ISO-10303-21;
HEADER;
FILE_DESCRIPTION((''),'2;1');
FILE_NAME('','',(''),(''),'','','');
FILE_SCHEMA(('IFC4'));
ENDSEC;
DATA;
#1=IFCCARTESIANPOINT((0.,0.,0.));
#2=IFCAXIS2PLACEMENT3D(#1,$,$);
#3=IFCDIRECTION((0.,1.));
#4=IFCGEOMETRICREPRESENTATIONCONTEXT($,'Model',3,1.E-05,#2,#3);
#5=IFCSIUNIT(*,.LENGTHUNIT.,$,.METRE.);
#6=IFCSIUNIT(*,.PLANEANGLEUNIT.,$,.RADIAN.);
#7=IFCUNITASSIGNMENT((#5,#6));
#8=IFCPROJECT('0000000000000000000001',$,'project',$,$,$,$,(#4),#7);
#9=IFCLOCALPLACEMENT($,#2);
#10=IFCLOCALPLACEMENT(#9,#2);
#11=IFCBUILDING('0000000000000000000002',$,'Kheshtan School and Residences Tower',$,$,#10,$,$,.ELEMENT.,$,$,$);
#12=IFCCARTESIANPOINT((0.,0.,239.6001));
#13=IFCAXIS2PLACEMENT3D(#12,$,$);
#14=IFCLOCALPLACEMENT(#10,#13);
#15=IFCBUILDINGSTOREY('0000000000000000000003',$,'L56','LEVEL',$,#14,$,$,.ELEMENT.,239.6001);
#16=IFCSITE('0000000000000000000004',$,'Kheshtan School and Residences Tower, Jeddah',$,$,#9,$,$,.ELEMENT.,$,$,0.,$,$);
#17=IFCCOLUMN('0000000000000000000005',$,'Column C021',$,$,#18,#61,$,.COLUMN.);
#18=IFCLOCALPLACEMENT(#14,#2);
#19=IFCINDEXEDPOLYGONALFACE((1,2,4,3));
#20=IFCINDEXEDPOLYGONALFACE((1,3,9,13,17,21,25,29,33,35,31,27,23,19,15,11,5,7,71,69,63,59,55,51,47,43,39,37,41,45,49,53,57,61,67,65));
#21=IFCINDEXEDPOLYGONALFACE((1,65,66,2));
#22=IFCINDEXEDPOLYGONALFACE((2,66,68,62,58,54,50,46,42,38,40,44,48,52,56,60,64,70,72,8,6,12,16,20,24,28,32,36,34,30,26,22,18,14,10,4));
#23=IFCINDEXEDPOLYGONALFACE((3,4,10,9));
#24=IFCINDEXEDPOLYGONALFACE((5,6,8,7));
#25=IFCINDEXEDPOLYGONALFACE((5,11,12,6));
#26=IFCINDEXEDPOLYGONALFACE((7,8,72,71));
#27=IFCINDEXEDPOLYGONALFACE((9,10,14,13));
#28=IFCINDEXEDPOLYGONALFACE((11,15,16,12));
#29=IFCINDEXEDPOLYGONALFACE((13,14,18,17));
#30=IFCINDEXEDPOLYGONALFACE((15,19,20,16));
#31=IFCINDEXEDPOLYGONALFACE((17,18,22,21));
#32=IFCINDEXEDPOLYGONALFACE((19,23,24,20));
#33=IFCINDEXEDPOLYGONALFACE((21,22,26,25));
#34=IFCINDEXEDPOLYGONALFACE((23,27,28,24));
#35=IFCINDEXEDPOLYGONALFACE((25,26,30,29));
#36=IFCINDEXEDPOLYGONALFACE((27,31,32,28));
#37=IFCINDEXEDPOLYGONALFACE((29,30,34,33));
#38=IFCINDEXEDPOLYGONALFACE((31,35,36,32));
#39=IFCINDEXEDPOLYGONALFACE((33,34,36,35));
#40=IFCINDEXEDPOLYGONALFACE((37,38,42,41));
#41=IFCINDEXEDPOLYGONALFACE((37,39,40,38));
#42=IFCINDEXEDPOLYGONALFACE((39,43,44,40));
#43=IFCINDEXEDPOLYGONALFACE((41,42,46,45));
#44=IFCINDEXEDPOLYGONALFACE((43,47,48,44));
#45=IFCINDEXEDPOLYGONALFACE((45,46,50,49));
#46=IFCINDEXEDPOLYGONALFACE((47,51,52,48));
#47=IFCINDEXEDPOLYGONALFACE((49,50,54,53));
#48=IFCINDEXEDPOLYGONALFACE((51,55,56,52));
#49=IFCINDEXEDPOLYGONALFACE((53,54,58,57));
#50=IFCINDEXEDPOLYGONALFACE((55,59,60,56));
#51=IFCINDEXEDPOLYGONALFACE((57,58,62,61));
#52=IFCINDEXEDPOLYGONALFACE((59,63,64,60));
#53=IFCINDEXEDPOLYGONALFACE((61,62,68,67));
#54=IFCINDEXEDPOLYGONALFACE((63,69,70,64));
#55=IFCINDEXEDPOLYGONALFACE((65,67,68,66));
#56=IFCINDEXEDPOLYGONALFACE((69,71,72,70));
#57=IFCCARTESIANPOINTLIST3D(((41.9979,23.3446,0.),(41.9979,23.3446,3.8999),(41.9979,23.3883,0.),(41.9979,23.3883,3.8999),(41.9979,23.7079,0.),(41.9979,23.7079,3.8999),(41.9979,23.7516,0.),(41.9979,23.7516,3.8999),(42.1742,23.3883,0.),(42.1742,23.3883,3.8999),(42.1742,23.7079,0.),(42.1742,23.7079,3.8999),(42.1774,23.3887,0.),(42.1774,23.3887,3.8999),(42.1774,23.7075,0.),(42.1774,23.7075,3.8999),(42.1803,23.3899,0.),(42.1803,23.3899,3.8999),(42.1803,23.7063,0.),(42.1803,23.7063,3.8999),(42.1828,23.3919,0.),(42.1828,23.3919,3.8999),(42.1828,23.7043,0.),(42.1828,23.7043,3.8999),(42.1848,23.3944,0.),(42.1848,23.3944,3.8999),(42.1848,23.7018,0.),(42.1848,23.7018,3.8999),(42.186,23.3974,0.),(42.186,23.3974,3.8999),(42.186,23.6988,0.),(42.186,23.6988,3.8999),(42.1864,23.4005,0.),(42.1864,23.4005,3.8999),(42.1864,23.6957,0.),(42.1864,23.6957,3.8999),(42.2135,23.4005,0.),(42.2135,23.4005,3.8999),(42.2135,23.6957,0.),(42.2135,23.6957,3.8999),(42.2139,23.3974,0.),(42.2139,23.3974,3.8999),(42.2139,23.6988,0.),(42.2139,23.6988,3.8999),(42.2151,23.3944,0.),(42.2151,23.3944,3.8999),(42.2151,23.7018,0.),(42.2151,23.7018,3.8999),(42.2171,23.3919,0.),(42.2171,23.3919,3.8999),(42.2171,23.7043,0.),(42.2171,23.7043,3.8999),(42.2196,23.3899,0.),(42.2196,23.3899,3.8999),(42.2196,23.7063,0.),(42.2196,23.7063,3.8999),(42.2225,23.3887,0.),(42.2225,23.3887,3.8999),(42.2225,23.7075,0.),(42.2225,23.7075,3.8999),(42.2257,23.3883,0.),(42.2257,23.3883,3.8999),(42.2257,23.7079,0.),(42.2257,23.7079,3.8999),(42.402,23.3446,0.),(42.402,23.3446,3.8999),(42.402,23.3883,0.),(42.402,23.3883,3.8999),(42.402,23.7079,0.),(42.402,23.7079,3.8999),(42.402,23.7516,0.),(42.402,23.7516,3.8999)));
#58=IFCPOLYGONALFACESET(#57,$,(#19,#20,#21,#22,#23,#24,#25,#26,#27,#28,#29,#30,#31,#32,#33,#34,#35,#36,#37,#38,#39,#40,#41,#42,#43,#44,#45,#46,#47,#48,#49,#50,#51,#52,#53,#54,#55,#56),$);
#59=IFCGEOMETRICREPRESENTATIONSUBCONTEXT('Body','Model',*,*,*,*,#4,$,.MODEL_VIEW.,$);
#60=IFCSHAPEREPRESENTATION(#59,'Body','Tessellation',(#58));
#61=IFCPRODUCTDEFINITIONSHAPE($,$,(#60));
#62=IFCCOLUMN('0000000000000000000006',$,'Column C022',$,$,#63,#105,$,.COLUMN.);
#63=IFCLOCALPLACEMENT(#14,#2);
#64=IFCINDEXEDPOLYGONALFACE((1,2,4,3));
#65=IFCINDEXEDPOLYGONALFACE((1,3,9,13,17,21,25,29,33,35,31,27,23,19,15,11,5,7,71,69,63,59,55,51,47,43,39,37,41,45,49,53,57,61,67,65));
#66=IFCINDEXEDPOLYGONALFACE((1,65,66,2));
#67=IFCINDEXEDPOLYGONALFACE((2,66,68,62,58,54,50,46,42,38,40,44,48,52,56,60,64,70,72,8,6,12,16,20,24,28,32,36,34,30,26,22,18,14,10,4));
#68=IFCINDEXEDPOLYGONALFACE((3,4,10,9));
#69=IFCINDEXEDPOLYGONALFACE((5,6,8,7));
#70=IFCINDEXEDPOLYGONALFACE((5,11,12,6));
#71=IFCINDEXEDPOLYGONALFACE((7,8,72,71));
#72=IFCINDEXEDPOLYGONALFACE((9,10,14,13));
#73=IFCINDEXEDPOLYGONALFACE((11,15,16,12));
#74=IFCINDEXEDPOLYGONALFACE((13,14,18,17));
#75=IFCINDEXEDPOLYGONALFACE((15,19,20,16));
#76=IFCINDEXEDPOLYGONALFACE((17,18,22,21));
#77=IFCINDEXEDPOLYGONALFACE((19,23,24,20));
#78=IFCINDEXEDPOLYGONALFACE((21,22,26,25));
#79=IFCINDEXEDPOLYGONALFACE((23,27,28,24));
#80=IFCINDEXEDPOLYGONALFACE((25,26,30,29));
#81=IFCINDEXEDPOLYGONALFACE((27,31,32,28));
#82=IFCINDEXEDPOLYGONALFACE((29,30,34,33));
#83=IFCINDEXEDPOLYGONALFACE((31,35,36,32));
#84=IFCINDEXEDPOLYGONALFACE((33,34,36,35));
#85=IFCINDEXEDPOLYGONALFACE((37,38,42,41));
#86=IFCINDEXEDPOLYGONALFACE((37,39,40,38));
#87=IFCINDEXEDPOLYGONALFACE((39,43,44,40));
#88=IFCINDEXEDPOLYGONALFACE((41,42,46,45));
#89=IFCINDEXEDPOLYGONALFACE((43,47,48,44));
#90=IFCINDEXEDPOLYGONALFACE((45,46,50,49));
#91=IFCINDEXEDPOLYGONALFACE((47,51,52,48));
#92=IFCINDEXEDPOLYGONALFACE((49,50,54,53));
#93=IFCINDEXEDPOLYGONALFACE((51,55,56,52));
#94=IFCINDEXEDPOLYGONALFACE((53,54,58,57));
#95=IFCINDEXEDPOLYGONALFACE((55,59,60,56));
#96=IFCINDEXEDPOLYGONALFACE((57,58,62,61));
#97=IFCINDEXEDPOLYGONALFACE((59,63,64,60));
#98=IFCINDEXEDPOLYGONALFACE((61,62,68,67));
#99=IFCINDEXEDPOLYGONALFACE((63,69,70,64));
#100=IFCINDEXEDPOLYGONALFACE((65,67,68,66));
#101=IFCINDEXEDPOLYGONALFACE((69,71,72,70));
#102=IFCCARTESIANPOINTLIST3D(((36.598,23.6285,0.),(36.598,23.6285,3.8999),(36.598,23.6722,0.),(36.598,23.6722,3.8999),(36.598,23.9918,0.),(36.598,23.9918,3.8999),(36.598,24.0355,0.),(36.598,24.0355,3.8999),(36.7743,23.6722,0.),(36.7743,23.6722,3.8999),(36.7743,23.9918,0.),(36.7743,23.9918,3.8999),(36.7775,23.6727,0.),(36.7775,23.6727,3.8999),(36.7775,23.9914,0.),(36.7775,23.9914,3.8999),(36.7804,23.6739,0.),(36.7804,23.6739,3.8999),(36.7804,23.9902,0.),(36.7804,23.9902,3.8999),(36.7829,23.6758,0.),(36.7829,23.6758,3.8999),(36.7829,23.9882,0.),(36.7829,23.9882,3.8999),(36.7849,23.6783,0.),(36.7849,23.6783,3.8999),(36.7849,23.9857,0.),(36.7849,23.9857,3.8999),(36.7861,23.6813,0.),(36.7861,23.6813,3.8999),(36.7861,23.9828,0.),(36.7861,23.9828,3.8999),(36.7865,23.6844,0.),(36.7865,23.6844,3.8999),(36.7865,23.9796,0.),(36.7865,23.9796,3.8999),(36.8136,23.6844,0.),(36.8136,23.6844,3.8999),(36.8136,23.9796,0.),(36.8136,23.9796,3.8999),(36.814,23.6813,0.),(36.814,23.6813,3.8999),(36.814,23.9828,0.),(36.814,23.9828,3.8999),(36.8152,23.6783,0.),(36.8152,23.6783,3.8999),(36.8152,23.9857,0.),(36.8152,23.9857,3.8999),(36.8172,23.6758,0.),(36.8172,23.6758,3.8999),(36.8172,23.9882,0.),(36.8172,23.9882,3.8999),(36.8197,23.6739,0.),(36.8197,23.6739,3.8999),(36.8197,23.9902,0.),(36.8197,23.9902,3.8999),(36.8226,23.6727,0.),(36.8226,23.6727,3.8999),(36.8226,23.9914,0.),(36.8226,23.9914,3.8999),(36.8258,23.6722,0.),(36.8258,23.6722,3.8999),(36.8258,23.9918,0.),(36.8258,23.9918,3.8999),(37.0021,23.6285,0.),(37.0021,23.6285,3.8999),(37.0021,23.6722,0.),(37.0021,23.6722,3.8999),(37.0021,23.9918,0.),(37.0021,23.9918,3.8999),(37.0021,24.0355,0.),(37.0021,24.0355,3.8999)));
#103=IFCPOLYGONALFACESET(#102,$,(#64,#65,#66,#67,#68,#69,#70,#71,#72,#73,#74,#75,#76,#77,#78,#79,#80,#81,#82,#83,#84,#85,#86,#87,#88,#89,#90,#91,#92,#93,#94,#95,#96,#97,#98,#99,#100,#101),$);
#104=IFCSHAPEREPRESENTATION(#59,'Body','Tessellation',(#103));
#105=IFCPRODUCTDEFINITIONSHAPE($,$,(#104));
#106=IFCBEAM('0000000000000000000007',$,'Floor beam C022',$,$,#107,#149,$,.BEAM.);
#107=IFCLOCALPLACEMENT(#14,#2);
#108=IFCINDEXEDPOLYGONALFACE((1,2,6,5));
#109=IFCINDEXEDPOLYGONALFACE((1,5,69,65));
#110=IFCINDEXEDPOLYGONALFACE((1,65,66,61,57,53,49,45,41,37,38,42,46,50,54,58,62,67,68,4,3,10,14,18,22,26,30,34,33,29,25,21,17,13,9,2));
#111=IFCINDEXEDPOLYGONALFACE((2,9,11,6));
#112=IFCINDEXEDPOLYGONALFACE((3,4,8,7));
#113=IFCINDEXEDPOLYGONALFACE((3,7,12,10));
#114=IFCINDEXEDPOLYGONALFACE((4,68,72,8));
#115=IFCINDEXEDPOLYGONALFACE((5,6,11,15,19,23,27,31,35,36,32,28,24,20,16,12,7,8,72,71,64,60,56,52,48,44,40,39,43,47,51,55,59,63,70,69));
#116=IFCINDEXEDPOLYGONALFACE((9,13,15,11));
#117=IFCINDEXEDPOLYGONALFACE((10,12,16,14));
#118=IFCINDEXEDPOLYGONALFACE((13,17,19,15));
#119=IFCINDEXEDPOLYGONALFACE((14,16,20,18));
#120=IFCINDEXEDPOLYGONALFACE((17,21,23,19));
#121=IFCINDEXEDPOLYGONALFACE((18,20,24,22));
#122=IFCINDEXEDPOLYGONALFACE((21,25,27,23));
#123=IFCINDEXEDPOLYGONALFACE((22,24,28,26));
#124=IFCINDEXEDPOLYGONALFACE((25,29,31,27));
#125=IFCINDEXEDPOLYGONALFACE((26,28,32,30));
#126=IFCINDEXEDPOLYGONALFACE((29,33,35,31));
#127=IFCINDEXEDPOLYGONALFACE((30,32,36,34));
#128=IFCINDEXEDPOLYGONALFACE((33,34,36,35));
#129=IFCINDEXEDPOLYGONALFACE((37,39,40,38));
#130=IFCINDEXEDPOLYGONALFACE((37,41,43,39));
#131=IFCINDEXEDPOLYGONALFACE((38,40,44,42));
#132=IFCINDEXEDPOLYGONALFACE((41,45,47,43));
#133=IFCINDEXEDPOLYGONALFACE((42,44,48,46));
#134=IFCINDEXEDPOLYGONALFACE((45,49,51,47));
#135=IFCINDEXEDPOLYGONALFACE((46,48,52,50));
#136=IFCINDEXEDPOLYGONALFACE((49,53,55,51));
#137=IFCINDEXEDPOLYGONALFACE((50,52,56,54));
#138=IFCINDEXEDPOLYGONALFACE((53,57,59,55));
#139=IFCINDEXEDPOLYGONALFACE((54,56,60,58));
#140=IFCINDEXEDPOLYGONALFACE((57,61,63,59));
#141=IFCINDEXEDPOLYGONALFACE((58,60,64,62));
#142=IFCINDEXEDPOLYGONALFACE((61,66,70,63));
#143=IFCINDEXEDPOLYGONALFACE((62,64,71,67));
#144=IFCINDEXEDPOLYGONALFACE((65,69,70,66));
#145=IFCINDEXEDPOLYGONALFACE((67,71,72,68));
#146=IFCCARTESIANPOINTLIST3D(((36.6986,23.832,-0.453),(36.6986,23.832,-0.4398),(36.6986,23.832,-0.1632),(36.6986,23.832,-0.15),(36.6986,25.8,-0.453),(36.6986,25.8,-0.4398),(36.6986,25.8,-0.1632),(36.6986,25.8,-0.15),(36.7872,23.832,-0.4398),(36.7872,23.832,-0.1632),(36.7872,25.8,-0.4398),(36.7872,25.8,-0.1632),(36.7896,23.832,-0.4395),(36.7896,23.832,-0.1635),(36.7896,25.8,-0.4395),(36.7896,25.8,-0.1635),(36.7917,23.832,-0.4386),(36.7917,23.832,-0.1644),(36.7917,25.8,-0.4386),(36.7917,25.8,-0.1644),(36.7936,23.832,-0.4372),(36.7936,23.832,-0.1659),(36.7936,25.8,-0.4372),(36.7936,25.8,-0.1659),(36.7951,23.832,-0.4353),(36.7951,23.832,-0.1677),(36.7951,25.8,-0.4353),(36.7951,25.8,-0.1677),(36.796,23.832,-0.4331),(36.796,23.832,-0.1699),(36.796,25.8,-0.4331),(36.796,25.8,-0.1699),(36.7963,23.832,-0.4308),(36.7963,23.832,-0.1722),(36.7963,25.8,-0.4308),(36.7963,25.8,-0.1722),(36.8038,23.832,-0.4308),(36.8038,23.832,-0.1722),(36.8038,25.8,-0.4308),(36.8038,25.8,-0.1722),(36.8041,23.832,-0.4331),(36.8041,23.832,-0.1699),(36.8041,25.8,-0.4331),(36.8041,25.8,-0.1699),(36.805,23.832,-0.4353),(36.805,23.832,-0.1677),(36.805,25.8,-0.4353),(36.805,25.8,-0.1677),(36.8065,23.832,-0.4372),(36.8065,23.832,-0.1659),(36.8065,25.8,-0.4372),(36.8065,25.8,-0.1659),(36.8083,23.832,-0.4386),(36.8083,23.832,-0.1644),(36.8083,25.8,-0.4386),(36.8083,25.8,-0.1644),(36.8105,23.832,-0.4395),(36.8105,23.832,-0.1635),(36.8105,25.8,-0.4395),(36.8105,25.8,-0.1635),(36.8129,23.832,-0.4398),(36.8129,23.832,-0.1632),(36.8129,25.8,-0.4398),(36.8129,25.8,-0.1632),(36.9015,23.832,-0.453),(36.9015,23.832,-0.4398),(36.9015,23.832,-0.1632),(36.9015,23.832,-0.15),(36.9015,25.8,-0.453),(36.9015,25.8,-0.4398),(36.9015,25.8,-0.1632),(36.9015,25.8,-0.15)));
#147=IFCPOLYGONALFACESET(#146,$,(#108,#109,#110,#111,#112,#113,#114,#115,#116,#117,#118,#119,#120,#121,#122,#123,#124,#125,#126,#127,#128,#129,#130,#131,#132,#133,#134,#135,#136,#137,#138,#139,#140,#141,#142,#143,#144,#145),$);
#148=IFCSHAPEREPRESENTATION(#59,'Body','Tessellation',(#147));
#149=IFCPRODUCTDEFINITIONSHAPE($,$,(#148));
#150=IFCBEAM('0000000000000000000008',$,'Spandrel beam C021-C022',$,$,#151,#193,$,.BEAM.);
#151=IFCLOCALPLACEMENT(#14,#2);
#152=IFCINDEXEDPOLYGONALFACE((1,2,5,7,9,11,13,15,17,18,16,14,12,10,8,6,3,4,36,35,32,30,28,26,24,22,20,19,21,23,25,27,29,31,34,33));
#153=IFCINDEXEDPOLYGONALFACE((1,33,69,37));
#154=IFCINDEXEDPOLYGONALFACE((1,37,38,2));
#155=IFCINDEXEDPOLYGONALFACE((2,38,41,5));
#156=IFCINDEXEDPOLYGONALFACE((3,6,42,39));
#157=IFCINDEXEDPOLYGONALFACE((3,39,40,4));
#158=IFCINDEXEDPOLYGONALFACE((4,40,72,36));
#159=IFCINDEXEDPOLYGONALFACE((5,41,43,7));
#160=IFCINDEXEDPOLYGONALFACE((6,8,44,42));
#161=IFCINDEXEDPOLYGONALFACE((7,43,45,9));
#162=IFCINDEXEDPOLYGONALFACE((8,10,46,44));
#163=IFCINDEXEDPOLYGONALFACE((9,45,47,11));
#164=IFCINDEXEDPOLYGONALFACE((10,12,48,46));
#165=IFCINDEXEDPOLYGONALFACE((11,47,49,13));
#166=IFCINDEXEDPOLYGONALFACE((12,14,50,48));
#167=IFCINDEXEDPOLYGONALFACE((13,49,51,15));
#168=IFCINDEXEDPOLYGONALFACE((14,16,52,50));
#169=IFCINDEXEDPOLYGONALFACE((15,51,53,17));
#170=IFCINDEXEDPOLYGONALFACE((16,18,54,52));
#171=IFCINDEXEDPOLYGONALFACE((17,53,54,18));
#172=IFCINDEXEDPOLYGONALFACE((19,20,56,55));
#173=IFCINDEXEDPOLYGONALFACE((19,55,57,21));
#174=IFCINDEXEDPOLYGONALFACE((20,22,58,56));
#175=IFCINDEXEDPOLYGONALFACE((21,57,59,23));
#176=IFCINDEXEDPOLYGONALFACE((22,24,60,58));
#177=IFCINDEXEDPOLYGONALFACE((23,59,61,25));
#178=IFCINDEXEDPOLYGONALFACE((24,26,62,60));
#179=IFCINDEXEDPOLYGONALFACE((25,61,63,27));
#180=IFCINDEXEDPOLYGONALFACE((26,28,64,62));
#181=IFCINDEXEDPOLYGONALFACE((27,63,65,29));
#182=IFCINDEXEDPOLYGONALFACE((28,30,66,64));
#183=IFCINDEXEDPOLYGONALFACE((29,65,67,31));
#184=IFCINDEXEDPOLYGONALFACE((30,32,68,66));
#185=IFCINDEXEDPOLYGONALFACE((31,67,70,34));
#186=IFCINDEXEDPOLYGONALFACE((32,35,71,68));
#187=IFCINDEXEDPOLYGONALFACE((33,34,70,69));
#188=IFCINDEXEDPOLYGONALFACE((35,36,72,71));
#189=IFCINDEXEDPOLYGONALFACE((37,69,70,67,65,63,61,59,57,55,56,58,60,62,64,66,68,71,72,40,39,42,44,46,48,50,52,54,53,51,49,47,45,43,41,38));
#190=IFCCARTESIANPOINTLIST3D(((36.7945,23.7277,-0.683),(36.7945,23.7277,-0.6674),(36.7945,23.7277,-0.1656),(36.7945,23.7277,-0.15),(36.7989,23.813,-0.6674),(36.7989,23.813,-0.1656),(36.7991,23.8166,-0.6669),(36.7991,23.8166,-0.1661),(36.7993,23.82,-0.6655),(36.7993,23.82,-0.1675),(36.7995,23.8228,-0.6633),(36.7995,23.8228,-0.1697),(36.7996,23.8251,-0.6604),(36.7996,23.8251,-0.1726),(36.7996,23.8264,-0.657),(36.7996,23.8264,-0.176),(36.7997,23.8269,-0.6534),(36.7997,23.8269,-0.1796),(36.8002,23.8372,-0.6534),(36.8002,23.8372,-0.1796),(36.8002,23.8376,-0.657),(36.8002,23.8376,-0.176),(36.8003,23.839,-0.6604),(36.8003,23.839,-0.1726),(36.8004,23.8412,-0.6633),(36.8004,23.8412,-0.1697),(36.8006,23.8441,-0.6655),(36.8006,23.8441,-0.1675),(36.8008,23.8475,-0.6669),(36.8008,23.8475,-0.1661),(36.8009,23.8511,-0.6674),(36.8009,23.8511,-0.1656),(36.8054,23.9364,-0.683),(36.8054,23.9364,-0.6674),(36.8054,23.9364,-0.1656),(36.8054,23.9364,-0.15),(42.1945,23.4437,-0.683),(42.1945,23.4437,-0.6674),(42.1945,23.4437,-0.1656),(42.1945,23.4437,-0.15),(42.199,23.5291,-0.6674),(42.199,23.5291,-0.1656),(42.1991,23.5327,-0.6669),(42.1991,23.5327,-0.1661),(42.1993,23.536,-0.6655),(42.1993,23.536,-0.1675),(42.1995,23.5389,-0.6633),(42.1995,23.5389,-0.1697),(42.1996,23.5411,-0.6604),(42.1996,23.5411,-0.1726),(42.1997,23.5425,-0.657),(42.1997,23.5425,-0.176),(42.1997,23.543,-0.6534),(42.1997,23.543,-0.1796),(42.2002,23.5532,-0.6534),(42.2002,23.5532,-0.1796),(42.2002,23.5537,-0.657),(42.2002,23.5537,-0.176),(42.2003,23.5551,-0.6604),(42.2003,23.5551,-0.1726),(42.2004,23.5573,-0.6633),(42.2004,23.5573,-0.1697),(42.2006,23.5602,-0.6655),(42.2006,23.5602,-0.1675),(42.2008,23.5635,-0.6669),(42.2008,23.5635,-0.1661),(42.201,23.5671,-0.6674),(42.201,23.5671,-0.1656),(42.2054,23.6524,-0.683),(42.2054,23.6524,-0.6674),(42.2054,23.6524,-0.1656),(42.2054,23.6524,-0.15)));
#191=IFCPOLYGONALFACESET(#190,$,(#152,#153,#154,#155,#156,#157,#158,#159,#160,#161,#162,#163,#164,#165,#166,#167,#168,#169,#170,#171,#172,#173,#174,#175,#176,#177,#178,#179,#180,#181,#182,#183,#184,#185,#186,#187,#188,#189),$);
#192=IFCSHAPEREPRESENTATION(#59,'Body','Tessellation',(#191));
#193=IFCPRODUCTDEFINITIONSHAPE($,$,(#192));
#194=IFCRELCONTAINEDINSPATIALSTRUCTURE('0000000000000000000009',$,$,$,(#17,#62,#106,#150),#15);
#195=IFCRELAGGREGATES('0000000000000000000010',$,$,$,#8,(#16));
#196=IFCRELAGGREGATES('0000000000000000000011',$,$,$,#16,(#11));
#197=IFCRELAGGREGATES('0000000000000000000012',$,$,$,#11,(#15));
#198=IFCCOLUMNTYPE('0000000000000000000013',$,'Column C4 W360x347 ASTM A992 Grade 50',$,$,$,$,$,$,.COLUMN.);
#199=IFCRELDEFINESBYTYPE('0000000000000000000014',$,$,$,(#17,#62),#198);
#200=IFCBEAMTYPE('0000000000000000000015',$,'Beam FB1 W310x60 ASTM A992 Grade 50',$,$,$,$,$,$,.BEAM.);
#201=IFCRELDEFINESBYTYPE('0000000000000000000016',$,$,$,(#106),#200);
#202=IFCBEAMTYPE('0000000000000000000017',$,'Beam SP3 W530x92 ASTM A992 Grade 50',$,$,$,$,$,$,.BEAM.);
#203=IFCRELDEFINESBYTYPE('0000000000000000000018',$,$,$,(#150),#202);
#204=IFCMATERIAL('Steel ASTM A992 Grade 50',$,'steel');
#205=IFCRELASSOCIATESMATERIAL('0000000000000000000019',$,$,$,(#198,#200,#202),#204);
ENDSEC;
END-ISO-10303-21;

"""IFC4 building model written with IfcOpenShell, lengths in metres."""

from ifc_helpers import new_model, si_unit, direction, frame, origin, origin_2d, place, context, subcontext, project, spatial, i_section, extrude, material, material_profile, profile_set, type_object, element, save


model = new_model("IFC4")

# Units and contexts
model_context = context("Model", 3, precision=1e-05, world=origin(), true_north=direction((0.0, 1.0)))
body_context = subcontext(model_context, "Body", "Model", "MODEL_VIEW")
ifc_project = project(units=[si_unit("LENGTHUNIT", "METRE"), si_unit("PLANEANGLEUNIT", "RADIAN")], contexts=[model_context])

# Site, building, storey
site_placement = place(None, origin())
site = spatial("IfcSite", under=ifc_project, at=site_placement, Name="Kheshtan School and Residences Tower, Jeddah", CompositionType="ELEMENT", RefElevation=0.0)
building_placement = place(site_placement, origin())
building = spatial("IfcBuilding", under=site, at=building_placement, Name="Kheshtan School and Residences Tower", CompositionType="ELEMENT")
storey_placement = place(building_placement, frame((0.0, 0.0, 239.6001)))
storey = spatial("IfcBuildingStorey", under=building, at=storey_placement, Name="L56", Description="LEVEL", CompositionType="ELEMENT", Elevation=239.6001)

# Columns
ifc_material_1 = material(Name="Steel ASTM A992 Grade 50", Category="steel")
ifc_material_profile_1 = material_profile(ifc_material_1, i_section(OverallWidth=0.4041, OverallDepth=0.407, WebThickness=0.0271, FlangeThickness=0.0437, FilletRadius=0.0122, at=origin_2d()), Name="W360x347")
ifc_profile_set_1 = profile_set([ifc_material_profile_1], Name="Steel ASTM A992 Grade 50")
column_type = type_object("IfcColumnType", Name="Column C4 W360x347 ASTM A992 Grade 50", PredefinedType="COLUMN", material=ifc_profile_set_1)
for number, where, z_axis, x_axis, name in (
    (1, (42.2, 23.5481, 0.0), (0.0, 0.0, 1.0), (1.0, 0.0, 0.0), "Column C021"),
    (2, (36.8, 23.832, 0.0), (0.0, 0.0, 1.0), (1.0, 0.0, 0.0), "Column C022"),
):
    element("IfcColumn", number, at=place(storey_placement, frame(where, z_axis=z_axis, x_axis=x_axis)), inside=storey, type_object=column_type, Name=name, PredefinedType="COLUMN", context=body_context, shape_type="SweptSolid", body=[
        extrude(i_section(OverallWidth=0.4041, OverallDepth=0.407, WebThickness=0.0271, FlangeThickness=0.0437, FilletRadius=0.0122, at=origin_2d()), origin(), (0.0, 0.0, 1.0), 3.8999),
    ])

# Beams
ifc_material_profile_2 = material_profile(ifc_material_1, i_section(OverallWidth=0.2029, OverallDepth=0.303, WebThickness=0.0076, FlangeThickness=0.0132, FilletRadius=0.009, at=origin_2d()), Name="W310x60")
ifc_profile_set_2 = profile_set([ifc_material_profile_2], Name="Steel ASTM A992 Grade 50")
beam_type_1 = type_object("IfcBeamType", Name="Beam FB1 W310x60 ASTM A992 Grade 50", PredefinedType="BEAM", material=ifc_profile_set_2)
beam_1_placement = place(storey_placement, frame((36.8, 23.832, -0.3015), z_axis=(0.0, 1.0, 0.0), x_axis=(-1.0, 0.0, 0.0)))
element("IfcBeam", 3, at=beam_1_placement, inside=storey, type_object=beam_type_1, Name="Floor beam C022", PredefinedType="BEAM", context=body_context, shape_type="SweptSolid", body=[
    extrude(i_section(OverallWidth=0.2029, OverallDepth=0.303, WebThickness=0.0076, FlangeThickness=0.0132, FilletRadius=0.009, at=origin_2d()), origin(), (0.0, 0.0, 1.0), 1.968),
])
ifc_material_profile_3 = material_profile(ifc_material_1, i_section(OverallWidth=0.209, OverallDepth=0.533, WebThickness=0.0103, FlangeThickness=0.0156, FilletRadius=0.0139, at=origin_2d()), Name="W530x92")
ifc_profile_set_3 = profile_set([ifc_material_profile_3], Name="Steel ASTM A992 Grade 50")
beam_type_2 = type_object("IfcBeamType", Name="Beam SP3 W530x92 ASTM A992 Grade 50", PredefinedType="BEAM", material=ifc_profile_set_3)
beam_2_placement = place(storey_placement, frame((42.2, 23.5481, -0.4165), z_axis=(-0.99862, 0.052509, 0.0), x_axis=(-0.052509, -0.99862, 0.0)))
element("IfcBeam", 4, at=beam_2_placement, inside=storey, type_object=beam_type_2, Name="Spandrel beam C021-C022", PredefinedType="BEAM", context=body_context, shape_type="SweptSolid", body=[
    extrude(i_section(OverallWidth=0.209, OverallDepth=0.533, WebThickness=0.0103, FlangeThickness=0.0156, FilletRadius=0.0139, at=origin_2d()), origin(), (0.0, 0.0, 1.0), 5.4075),
])

save(model, "model.ifc")
